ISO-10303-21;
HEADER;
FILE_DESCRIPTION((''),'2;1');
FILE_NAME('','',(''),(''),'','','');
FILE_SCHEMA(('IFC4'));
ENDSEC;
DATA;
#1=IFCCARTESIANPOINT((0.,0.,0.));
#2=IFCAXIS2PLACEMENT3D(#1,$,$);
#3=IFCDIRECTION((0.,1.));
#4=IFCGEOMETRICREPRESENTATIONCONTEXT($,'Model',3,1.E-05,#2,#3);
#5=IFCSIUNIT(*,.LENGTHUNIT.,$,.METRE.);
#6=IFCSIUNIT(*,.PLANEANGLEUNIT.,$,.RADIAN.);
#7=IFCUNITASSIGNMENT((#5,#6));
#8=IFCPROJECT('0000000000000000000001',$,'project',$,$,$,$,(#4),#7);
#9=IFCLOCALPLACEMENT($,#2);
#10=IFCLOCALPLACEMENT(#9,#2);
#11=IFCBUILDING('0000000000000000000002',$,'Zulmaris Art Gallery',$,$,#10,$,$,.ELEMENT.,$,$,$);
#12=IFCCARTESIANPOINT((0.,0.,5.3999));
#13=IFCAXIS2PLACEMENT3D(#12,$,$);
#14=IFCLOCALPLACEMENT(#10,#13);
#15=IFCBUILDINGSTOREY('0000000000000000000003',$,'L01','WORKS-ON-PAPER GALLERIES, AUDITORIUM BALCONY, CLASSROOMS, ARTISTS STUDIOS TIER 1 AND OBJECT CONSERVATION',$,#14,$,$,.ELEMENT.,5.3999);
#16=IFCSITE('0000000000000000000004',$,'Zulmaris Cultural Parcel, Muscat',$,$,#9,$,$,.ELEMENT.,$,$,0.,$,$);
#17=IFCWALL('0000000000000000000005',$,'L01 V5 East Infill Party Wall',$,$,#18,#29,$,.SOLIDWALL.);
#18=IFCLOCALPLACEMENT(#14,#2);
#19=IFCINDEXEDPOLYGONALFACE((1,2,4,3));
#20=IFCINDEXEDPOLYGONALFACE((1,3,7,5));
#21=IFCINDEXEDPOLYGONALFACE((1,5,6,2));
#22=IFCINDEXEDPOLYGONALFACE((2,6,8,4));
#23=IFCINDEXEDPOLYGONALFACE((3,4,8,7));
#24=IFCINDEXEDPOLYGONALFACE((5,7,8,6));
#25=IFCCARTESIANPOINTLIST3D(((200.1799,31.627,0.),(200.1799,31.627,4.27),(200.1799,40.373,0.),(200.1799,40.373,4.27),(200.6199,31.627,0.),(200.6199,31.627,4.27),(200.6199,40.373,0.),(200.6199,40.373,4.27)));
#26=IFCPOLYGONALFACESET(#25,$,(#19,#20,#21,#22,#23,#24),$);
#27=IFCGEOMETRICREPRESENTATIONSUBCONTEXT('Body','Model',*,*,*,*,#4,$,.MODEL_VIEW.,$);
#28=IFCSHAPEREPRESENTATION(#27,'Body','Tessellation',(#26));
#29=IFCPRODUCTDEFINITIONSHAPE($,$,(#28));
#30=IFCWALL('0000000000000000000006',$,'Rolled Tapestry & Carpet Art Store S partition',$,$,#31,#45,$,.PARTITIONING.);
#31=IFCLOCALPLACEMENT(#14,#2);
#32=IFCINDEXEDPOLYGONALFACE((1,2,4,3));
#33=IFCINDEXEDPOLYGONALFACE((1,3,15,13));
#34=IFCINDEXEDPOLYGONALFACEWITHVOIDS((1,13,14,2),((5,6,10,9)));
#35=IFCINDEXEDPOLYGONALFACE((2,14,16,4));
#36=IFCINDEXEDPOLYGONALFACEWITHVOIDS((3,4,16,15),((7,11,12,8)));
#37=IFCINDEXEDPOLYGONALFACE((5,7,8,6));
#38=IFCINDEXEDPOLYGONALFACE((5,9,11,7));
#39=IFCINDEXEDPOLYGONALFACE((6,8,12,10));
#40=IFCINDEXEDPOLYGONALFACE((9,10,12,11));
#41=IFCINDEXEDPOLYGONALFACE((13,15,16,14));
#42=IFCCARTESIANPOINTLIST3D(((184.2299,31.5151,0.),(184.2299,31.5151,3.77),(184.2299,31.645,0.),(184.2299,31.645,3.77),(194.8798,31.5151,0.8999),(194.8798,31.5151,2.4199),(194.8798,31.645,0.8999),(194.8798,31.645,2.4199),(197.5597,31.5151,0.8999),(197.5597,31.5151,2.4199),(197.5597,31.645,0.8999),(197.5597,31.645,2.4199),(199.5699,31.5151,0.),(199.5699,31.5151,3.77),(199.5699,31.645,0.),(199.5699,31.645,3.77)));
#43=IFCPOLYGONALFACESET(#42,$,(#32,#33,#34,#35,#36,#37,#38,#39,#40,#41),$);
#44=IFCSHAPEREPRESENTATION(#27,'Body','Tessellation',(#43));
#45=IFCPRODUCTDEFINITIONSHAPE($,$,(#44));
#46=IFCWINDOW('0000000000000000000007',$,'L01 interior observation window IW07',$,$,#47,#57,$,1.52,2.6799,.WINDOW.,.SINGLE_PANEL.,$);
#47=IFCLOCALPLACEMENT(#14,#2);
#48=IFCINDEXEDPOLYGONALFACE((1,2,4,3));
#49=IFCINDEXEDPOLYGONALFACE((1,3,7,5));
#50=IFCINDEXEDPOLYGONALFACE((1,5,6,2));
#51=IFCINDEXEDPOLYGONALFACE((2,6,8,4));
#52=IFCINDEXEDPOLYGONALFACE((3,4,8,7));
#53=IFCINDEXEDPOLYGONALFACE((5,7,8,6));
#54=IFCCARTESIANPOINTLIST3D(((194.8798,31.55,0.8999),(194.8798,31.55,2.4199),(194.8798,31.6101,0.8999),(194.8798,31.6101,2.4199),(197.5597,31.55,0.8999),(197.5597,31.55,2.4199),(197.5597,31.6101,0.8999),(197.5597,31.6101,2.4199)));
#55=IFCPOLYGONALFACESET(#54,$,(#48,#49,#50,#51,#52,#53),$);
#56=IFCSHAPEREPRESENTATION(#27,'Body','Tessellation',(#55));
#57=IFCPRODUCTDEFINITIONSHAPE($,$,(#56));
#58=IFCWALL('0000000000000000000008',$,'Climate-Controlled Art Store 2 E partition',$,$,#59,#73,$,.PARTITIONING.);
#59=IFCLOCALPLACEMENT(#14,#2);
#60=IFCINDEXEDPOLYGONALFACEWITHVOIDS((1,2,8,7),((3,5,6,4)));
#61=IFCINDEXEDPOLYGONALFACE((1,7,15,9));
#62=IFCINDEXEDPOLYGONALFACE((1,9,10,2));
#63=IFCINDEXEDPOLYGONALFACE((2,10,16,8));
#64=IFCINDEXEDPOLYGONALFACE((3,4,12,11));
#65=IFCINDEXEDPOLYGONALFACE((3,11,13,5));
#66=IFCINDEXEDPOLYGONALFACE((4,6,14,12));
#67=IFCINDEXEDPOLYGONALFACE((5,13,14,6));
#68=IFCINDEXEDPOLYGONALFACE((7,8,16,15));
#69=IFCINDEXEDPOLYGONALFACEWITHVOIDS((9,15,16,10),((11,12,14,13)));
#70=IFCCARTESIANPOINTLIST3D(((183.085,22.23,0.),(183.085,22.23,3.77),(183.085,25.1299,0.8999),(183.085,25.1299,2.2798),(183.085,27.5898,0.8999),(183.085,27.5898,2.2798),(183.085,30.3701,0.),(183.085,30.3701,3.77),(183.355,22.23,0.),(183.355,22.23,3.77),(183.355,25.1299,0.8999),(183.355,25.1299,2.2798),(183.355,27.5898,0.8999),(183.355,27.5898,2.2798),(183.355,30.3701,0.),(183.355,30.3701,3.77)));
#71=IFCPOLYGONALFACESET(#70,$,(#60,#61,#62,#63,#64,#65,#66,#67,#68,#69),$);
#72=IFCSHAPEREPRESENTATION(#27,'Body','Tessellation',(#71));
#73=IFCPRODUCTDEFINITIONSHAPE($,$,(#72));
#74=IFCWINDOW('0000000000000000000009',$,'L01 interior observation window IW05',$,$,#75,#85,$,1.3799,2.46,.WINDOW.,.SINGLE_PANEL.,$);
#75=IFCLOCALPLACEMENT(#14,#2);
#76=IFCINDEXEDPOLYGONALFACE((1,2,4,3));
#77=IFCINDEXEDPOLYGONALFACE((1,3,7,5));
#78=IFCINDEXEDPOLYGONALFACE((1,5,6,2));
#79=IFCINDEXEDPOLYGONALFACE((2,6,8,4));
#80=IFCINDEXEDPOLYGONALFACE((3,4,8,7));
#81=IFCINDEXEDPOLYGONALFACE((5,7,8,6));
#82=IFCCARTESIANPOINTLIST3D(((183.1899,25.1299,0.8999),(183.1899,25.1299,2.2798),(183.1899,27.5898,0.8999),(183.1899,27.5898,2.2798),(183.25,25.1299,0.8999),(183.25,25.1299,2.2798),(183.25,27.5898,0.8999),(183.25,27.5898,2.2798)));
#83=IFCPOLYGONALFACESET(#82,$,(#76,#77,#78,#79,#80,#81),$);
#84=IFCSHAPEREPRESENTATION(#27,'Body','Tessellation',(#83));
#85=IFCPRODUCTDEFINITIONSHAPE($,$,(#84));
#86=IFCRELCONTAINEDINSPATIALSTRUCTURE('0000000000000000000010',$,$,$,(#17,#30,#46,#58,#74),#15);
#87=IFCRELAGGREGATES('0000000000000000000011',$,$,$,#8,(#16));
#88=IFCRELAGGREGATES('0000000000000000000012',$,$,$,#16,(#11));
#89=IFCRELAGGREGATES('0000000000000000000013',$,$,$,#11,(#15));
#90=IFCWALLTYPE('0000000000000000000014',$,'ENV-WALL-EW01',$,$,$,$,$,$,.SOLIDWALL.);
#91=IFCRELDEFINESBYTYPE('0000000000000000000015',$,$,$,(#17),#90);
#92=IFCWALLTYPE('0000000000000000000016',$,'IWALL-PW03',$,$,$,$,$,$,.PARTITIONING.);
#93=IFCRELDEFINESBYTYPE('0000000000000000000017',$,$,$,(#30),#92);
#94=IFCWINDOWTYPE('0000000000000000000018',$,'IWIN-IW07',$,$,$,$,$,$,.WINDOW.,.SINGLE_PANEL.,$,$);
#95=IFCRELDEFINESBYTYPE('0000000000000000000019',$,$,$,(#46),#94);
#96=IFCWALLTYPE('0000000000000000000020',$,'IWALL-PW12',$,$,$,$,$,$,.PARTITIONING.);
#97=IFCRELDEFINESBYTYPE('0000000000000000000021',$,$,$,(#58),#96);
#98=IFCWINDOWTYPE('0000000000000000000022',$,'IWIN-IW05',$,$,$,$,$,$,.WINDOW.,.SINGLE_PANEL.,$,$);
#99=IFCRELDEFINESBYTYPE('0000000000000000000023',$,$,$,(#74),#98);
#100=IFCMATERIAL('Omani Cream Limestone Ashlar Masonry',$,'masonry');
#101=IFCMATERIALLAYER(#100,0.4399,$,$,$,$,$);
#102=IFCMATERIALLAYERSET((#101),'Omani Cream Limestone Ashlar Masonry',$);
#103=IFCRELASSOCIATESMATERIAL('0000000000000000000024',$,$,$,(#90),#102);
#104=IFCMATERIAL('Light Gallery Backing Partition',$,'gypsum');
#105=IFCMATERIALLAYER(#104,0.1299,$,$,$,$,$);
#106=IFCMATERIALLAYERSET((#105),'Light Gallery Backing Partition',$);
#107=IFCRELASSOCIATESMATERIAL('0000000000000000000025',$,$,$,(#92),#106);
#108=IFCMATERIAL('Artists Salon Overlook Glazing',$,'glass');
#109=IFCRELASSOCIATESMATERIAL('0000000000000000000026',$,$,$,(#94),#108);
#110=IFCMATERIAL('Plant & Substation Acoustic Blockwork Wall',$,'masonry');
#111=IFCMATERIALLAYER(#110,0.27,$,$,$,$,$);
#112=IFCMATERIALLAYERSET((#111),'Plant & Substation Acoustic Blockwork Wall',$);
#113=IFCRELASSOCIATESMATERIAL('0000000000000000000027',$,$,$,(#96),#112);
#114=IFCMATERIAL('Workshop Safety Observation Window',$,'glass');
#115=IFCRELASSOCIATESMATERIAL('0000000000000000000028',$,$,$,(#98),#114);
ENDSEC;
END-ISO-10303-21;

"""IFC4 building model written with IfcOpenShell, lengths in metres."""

from ifc_helpers import new_model, si_unit, direction, frame, frame_2d, origin, place, context, subcontext, project, spatial, rectangle, extrude, material, layer, layer_set, type_object, element, fill, save


model = new_model("IFC4")

# Units and contexts
model_context = context("Model", 3, precision=1e-05, world=origin(), true_north=direction((0.0, 1.0)))
body_context = subcontext(model_context, "Body", "Model", "MODEL_VIEW")
ifc_project = project(units=[si_unit("LENGTHUNIT", "METRE"), si_unit("PLANEANGLEUNIT", "RADIAN")], contexts=[model_context])

# Site, building, storey
site_placement = place(None, origin())
site = spatial("IfcSite", under=ifc_project, at=site_placement, Name="Zulmaris Cultural Parcel, Muscat", CompositionType="ELEMENT", RefElevation=0.0)
building_placement = place(site_placement, origin())
building = spatial("IfcBuilding", under=site, at=building_placement, Name="Zulmaris Art Gallery", CompositionType="ELEMENT")
storey_placement = place(building_placement, frame((0.0, 0.0, 5.3999)))
storey = spatial("IfcBuildingStorey", under=building, at=storey_placement, Name="L01", Description="WORKS-ON-PAPER GALLERIES, AUDITORIUM BALCONY, CLASSROOMS, ARTISTS STUDIOS TIER 1 AND OBJECT CONSERVATION", CompositionType="ELEMENT", Elevation=5.3999)

# Wall
ifc_material_1 = material(Name="Omani Cream Limestone Ashlar Masonry", Category="masonry")
ifc_layer_1 = layer(ifc_material_1, 0.4399)
ifc_layer_set_1 = layer_set([ifc_layer_1], Name="Omani Cream Limestone Ashlar Masonry")
wall_type_1 = type_object("IfcWallType", Name="ENV-WALL-EW01", PredefinedType="SOLIDWALL", material=ifc_layer_set_1)
wall_1_placement = place(storey_placement, frame((200.3999, 31.627, 0.0), z_axis=(0.0, 0.0, 1.0), x_axis=(0.0, 1.0, 0.0)))
element("IfcWall", 1, at=wall_1_placement, inside=storey, type_object=wall_type_1, Name="L01 V5 East Infill Party Wall", PredefinedType="SOLIDWALL", context=body_context, shape_type="SweptSolid", body=[
    extrude(rectangle(XDim=8.7461, YDim=0.4399, at=frame_2d((4.373, 0.0))), origin(), (0.0, 0.0, 1.0), 4.27),
])

# Walls, openings, windows
ifc_material_2 = material(Name="Light Gallery Backing Partition", Category="gypsum")
ifc_layer_2 = layer(ifc_material_2, 0.1299)
ifc_layer_set_2 = layer_set([ifc_layer_2], Name="Light Gallery Backing Partition")
wall_type_2 = type_object("IfcWallType", Name="IWALL-PW03", PredefinedType="PARTITIONING", material=ifc_layer_set_2)
wall_2_placement = place(storey_placement, frame((184.23, 31.5801, 0.0), z_axis=(0.0, 0.0, 1.0), x_axis=(1.0, 0.0, 0.0)))
wall_2 = element("IfcWall", 2, at=wall_2_placement, inside=storey, type_object=wall_type_2, Name="Rolled Tapestry & Carpet Art Store S partition", PredefinedType="PARTITIONING", context=body_context, shape_type="SweptSolid", body=[
    extrude(rectangle(XDim=15.3401, YDim=0.1299, at=frame_2d((7.6699, 0.0))), origin(), (0.0, 0.0, 1.0), 3.77),
])
opening_1_placement = place(wall_2_placement, frame((10.6499, 0.0, 0.8999)))
opening_1 = element("IfcOpeningElement", 3, at=opening_1_placement, cuts=wall_2, PredefinedType="OPENING", context=body_context, shape_type="SweptSolid", body=[
    extrude(rectangle(XDim=2.6799, YDim=1.52, at=frame_2d((1.3398, 0.76))), frame((0.0, 0.075, 0.0), z_axis=(0.0, -1.0, 0.0), x_axis=(1.0, 0.0, 0.0)), (0.0, 0.0, 1.0), 0.1499),
])
ifc_material_3 = material(Name="Artists Salon Overlook Glazing", Category="glass")
window_type_1 = type_object("IfcWindowType", Name="IWIN-IW07", PartitioningType="SINGLE_PANEL", PredefinedType="WINDOW", material=ifc_material_3)
window_1_placement = place(opening_1_placement, origin())
window_1 = element("IfcWindow", 4, at=window_1_placement, inside=storey, type_object=window_type_1, Name="L01 interior observation window IW07", OverallHeight=1.52, OverallWidth=2.6799, PartitioningType="SINGLE_PANEL", PredefinedType="WINDOW", context=body_context, shape_type="SweptSolid", body=[
    extrude(rectangle(XDim=2.6799, YDim=1.52, at=frame_2d((1.3398, 0.76))), frame((0.0, 0.03, 0.0), z_axis=(0.0, -1.0, 0.0), x_axis=(1.0, 0.0, 0.0)), (0.0, 0.0, 1.0), 0.0601),
])
fill(opening_1, window_1)
ifc_material_4 = material(Name="Plant & Substation Acoustic Blockwork Wall", Category="masonry")
ifc_layer_3 = layer(ifc_material_4, 0.27)
ifc_layer_set_3 = layer_set([ifc_layer_3], Name="Plant & Substation Acoustic Blockwork Wall")
wall_type_3 = type_object("IfcWallType", Name="IWALL-PW12", PredefinedType="PARTITIONING", material=ifc_layer_set_3)
wall_3_placement = place(storey_placement, frame((183.22, 22.23, 0.0), z_axis=(0.0, 0.0, 1.0), x_axis=(0.0, 1.0, 0.0)))
wall_3 = element("IfcWall", 5, at=wall_3_placement, inside=storey, type_object=wall_type_3, Name="Climate-Controlled Art Store 2 E partition", PredefinedType="PARTITIONING", context=body_context, shape_type="SweptSolid", body=[
    extrude(rectangle(XDim=8.1401, YDim=0.27, at=frame_2d((4.0701, 0.0))), origin(), (0.0, 0.0, 1.0), 3.77),
])
opening_2_placement = place(wall_3_placement, frame((2.8999, 0.0, 0.8999)))
opening_2 = element("IfcOpeningElement", 6, at=opening_2_placement, cuts=wall_3, PredefinedType="OPENING", context=body_context, shape_type="SweptSolid", body=[
    extrude(rectangle(XDim=2.46, YDim=1.3799, at=frame_2d((1.23, 0.6899))), frame((0.0, 0.145, 0.0), z_axis=(0.0, -1.0, 0.0), x_axis=(1.0, 0.0, 0.0)), (0.0, 0.0, 1.0), 0.29),
])
ifc_material_5 = material(Name="Workshop Safety Observation Window", Category="glass")
window_type_2 = type_object("IfcWindowType", Name="IWIN-IW05", PartitioningType="SINGLE_PANEL", PredefinedType="WINDOW", material=ifc_material_5)
window_2_placement = place(opening_2_placement, origin())
window_2 = element("IfcWindow", 7, at=window_2_placement, inside=storey, type_object=window_type_2, Name="L01 interior observation window IW05", OverallHeight=1.3799, OverallWidth=2.46, PartitioningType="SINGLE_PANEL", PredefinedType="WINDOW", context=body_context, shape_type="SweptSolid", body=[
    extrude(rectangle(XDim=2.46, YDim=1.3799, at=frame_2d((1.23, 0.6899))), frame((0.0, 0.03, 0.0), z_axis=(0.0, -1.0, 0.0), x_axis=(1.0, 0.0, 0.0)), (0.0, 0.0, 1.0), 0.0601),
])
fill(opening_2, window_2)

save(model, "model.ifc")
